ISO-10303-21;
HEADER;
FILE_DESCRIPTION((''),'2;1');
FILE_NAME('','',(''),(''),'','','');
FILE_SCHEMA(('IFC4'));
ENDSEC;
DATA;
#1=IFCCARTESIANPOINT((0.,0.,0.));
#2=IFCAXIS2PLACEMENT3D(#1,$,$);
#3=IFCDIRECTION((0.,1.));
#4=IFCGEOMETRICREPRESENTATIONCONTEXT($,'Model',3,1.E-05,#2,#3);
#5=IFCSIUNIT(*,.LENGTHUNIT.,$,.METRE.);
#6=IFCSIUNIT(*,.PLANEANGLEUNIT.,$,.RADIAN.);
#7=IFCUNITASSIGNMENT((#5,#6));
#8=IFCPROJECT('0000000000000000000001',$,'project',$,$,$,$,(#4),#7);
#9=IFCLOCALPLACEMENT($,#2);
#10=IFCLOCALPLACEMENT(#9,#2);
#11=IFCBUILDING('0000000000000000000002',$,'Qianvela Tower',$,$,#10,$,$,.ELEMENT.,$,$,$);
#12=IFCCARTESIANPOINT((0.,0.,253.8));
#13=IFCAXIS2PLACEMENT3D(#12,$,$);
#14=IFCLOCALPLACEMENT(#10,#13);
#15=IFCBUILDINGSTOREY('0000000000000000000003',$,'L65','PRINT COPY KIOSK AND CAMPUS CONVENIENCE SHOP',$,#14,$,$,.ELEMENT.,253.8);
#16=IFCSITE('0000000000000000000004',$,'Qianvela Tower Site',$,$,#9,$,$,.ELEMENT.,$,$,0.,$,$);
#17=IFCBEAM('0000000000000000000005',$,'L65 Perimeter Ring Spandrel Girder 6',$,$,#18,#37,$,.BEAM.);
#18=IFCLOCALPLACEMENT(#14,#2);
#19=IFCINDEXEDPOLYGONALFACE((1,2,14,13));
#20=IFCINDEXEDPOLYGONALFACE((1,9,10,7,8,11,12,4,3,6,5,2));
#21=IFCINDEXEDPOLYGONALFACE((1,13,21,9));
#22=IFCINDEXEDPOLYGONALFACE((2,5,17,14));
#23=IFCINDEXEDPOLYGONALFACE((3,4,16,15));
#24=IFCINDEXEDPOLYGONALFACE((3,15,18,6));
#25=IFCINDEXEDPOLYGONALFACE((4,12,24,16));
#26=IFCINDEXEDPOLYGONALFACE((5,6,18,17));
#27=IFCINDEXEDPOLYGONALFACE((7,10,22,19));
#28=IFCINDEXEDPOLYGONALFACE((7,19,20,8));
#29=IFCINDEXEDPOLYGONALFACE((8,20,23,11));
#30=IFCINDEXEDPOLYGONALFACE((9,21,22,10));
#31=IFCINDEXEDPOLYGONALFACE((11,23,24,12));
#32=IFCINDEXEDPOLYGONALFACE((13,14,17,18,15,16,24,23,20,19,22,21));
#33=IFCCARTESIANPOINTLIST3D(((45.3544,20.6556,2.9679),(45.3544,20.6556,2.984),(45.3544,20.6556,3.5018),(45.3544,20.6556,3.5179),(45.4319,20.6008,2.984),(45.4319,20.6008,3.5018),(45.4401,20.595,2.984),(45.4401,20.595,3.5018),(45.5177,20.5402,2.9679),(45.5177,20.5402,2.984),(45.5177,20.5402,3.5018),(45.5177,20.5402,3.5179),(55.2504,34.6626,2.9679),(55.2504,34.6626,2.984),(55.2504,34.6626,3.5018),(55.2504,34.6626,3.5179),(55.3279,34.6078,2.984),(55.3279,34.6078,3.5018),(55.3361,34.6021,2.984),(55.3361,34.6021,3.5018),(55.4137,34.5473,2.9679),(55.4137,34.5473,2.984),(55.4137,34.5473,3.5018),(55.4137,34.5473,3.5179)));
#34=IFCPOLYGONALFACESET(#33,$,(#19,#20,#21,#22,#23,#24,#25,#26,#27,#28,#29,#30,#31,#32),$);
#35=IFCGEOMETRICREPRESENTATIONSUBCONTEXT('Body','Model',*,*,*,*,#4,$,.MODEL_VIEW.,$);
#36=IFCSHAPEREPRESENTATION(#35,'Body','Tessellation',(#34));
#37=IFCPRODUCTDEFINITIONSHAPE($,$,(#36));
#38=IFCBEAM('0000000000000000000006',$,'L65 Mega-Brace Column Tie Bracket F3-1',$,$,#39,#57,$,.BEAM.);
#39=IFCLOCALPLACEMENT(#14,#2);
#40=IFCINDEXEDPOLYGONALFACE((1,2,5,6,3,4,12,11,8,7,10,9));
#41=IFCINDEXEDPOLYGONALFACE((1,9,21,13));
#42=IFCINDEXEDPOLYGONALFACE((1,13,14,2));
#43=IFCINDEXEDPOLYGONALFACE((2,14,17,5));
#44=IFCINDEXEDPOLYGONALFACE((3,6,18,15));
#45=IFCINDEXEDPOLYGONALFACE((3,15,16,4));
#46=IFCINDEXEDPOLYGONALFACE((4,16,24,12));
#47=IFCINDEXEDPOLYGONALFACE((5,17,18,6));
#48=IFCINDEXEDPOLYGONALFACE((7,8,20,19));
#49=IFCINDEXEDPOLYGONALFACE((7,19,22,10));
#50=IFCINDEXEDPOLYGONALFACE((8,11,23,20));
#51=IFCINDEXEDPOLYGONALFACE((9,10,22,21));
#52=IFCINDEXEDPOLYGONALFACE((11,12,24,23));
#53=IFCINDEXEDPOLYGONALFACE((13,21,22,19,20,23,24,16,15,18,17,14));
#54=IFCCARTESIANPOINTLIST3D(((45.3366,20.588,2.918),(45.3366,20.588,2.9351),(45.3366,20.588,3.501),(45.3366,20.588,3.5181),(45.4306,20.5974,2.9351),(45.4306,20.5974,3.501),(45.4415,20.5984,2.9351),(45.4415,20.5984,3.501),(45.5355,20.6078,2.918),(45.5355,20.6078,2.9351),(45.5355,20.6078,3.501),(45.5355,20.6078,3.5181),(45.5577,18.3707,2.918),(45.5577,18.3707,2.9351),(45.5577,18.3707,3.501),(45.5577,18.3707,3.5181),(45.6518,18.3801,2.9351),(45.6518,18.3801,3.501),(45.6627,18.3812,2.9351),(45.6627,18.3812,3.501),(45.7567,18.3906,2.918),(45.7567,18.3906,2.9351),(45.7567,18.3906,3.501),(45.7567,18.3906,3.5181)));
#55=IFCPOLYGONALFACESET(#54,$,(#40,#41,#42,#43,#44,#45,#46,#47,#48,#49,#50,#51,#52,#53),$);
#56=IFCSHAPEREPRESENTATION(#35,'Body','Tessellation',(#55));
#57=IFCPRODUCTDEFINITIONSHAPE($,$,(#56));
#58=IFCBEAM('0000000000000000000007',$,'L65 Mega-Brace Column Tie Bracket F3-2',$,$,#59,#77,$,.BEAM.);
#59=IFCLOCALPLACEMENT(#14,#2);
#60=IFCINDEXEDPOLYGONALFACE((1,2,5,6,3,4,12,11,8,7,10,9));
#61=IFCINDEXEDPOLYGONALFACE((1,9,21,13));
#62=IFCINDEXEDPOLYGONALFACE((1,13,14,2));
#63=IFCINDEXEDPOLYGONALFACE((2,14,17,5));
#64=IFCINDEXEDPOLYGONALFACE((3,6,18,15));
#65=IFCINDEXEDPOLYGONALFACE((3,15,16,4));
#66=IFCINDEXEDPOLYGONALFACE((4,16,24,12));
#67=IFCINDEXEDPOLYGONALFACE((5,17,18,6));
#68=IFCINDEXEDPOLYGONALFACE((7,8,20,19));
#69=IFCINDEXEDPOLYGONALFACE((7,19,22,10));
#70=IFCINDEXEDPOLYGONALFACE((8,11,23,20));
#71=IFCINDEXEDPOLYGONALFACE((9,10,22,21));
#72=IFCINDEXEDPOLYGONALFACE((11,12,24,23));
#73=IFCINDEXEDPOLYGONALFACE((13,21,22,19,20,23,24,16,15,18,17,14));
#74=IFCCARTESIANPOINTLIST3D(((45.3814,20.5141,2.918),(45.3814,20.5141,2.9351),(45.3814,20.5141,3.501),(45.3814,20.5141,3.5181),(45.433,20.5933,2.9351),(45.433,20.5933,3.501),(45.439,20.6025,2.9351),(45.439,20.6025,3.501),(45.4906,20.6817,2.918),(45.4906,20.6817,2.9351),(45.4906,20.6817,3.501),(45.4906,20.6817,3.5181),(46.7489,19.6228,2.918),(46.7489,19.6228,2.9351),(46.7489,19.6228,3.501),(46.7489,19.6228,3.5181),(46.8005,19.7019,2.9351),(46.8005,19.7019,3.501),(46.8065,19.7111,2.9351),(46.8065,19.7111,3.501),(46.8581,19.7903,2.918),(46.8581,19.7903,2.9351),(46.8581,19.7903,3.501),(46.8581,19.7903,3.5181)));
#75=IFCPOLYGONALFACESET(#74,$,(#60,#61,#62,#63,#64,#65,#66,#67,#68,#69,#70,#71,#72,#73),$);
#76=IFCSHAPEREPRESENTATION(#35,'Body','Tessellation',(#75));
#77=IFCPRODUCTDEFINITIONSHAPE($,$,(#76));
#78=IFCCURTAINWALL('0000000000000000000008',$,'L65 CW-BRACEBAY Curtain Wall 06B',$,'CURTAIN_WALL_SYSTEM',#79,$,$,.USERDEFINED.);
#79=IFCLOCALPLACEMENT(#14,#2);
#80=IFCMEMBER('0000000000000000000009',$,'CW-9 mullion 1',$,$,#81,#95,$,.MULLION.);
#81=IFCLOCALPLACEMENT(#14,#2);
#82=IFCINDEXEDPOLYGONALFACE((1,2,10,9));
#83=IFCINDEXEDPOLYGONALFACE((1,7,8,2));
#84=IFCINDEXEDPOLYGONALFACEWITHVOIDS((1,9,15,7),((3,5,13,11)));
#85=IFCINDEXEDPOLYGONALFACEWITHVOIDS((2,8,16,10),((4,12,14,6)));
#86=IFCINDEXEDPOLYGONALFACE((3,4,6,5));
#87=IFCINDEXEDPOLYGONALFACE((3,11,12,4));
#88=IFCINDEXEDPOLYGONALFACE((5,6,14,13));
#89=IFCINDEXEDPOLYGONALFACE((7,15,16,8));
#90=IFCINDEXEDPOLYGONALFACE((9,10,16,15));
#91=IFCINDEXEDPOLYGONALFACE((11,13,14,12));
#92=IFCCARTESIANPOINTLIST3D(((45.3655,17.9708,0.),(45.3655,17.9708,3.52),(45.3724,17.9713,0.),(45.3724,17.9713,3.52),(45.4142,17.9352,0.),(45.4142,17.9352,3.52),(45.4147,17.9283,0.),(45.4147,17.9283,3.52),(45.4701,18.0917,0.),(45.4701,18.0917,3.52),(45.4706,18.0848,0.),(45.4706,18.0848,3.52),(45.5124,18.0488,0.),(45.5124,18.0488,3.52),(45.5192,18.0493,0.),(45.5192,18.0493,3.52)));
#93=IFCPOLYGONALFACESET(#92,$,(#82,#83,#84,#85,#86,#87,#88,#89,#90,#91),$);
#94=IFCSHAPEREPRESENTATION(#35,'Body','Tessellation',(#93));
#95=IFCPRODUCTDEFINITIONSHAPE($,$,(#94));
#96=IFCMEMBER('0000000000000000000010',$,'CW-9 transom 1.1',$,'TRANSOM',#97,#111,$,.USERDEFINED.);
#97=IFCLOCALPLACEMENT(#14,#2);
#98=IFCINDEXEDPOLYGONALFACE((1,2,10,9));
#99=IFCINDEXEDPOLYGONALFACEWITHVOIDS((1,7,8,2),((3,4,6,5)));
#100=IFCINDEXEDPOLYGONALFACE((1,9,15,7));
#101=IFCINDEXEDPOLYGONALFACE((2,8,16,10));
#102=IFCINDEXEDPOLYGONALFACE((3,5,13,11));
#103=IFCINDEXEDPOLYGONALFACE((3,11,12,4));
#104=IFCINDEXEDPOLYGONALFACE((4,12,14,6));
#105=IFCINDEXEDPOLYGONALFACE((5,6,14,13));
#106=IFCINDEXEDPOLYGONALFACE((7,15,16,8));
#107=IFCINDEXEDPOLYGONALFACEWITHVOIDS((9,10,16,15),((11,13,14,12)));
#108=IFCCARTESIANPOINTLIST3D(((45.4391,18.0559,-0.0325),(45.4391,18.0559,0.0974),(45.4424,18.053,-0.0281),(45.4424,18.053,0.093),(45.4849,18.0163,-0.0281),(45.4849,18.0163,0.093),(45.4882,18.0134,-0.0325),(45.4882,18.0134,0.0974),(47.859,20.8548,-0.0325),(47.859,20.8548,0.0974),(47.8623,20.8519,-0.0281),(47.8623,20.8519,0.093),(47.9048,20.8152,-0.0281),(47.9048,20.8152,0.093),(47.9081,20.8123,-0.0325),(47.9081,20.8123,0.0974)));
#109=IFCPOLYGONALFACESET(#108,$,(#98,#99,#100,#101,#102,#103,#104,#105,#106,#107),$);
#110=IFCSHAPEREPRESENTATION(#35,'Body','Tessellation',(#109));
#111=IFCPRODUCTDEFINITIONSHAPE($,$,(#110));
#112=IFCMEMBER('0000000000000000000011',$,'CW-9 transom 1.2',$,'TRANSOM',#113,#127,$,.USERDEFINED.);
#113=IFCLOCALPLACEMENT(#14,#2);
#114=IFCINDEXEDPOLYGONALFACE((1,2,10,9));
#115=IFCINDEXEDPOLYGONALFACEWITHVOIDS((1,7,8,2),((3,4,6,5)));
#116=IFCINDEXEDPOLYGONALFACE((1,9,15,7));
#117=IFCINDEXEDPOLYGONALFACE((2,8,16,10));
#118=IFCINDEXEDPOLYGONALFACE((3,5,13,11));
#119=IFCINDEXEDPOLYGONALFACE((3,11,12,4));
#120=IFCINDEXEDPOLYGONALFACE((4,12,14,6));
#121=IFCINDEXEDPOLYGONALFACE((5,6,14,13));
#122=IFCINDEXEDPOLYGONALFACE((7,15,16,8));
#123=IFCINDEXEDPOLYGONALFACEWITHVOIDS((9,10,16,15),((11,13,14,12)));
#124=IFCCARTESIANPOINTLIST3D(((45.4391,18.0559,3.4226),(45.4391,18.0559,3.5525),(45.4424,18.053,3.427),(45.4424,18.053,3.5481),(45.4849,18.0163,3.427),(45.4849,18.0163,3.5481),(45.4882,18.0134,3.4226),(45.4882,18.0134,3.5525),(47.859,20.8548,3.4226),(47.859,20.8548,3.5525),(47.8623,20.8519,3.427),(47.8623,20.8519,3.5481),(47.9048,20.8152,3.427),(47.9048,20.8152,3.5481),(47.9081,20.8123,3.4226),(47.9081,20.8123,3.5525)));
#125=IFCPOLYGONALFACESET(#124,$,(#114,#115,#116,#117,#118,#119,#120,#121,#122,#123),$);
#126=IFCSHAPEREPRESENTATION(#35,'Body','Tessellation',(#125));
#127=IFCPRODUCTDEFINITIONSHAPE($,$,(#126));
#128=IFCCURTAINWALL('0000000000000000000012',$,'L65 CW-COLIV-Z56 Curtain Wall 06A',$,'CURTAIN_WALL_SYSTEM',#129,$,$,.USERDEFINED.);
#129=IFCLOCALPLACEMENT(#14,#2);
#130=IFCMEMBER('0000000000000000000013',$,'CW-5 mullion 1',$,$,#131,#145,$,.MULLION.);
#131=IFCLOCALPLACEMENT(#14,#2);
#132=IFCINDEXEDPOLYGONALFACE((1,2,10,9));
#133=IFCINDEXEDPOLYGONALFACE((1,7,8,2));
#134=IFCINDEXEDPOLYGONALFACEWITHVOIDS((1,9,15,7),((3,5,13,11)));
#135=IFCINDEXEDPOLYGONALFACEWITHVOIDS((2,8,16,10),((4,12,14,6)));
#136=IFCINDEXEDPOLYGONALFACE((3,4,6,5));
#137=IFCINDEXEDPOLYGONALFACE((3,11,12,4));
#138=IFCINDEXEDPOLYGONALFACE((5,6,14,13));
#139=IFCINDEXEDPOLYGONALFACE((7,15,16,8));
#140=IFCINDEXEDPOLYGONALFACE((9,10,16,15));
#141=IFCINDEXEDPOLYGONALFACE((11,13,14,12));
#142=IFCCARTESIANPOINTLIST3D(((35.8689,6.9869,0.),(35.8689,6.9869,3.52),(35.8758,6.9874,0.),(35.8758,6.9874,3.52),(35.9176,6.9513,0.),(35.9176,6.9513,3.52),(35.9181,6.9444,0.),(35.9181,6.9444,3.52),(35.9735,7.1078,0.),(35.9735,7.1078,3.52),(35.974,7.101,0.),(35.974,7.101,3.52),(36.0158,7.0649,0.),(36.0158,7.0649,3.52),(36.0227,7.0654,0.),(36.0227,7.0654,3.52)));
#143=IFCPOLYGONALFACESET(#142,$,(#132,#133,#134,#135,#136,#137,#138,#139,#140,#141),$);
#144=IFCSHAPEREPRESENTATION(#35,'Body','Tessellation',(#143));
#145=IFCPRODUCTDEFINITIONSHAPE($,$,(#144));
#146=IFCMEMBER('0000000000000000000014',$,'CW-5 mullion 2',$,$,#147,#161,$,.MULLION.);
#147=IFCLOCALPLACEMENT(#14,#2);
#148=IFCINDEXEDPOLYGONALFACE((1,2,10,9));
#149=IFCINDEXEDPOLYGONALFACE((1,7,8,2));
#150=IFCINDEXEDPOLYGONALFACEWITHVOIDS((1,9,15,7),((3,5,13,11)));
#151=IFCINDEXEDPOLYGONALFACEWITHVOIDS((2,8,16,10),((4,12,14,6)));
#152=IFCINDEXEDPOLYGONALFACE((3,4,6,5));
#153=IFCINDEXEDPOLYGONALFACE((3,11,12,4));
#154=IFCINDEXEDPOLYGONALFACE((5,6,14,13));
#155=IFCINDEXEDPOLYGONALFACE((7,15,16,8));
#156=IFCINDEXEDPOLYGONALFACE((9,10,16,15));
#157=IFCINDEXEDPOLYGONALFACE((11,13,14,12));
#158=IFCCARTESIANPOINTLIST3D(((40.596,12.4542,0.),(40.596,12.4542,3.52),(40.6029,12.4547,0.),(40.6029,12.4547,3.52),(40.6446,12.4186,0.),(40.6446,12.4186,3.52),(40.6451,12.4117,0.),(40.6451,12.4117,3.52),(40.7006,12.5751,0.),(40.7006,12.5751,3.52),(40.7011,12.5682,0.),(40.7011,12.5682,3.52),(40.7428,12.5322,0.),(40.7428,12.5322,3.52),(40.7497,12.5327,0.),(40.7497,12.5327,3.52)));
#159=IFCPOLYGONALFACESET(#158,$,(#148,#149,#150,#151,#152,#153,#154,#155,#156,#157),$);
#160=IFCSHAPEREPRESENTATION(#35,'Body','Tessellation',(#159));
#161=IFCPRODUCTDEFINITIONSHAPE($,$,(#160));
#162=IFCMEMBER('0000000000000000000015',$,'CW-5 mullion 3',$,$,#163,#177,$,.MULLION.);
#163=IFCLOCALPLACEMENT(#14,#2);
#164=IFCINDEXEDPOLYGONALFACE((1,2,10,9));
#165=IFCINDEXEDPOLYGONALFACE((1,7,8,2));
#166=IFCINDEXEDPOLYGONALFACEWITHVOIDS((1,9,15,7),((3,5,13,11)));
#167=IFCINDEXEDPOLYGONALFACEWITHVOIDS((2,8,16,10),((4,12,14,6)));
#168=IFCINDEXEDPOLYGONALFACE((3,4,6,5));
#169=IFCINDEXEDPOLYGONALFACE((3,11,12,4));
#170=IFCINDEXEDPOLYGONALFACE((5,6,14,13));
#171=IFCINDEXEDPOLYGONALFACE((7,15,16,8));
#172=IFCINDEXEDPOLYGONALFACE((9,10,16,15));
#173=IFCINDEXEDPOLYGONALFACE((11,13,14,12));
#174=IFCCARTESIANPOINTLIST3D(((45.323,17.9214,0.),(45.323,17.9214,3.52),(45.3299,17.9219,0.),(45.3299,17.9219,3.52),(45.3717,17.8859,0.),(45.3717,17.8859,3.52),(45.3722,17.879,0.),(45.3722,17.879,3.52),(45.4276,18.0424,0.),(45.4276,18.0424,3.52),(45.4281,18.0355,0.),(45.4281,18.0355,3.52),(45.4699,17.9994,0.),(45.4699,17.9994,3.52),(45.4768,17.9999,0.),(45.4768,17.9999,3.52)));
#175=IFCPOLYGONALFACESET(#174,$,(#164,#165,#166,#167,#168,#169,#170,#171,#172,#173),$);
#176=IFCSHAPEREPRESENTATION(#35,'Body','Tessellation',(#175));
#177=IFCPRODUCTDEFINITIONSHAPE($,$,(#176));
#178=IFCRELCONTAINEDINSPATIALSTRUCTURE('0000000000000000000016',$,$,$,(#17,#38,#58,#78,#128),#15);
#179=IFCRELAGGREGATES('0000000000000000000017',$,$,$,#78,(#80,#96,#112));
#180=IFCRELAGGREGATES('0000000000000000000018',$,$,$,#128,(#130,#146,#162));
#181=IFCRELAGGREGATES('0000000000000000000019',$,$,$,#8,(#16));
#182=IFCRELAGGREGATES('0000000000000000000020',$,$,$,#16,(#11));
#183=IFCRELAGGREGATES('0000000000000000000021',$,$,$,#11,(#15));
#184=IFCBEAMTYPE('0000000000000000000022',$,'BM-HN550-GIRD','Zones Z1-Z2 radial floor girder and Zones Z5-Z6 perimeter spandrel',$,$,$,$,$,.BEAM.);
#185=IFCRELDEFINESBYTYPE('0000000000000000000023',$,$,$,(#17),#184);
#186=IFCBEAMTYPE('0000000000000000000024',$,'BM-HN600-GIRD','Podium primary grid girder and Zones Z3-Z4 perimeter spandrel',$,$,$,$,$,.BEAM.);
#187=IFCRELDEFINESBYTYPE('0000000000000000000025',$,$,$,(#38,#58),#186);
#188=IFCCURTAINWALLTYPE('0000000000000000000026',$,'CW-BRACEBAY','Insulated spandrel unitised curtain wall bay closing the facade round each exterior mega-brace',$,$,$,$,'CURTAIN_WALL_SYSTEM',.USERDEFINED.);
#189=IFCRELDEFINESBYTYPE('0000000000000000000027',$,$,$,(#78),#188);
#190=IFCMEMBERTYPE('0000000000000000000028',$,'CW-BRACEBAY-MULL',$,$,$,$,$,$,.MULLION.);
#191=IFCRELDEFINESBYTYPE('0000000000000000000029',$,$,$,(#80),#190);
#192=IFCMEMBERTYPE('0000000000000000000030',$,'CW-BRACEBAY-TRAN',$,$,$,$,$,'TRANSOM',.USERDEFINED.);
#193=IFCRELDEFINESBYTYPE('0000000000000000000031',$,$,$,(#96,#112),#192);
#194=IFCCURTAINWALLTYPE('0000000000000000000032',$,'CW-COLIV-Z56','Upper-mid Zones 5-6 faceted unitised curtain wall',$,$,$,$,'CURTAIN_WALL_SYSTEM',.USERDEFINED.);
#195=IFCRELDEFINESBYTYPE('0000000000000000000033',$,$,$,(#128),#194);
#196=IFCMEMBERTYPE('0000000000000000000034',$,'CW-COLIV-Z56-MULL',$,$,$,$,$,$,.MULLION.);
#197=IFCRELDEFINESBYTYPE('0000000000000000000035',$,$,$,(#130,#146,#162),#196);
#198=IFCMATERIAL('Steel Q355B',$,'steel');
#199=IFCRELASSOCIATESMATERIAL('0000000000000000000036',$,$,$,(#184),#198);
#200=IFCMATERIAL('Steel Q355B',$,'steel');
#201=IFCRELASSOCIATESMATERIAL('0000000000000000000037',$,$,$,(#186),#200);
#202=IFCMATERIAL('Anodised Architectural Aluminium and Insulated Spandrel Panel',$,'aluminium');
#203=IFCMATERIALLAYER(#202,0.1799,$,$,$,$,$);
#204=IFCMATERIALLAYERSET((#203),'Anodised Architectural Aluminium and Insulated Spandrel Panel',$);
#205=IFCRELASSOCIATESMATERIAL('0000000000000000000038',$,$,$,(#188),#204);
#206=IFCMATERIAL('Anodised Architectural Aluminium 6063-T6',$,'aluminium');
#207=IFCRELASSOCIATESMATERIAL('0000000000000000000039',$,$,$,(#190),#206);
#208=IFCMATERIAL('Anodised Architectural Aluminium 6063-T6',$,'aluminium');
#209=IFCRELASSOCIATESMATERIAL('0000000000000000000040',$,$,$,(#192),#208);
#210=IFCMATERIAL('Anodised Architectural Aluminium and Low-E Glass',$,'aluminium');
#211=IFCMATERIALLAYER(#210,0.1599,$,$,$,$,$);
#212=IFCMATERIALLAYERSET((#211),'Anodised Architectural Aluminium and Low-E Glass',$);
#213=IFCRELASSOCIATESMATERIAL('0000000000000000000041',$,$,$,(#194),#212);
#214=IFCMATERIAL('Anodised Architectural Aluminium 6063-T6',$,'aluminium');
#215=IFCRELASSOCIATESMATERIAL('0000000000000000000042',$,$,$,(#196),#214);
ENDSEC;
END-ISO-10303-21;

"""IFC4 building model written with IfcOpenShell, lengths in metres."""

from ifc_helpers import new_model, si_unit, direction, frame, origin, origin_2d, place, context, subcontext, project, spatial, hollow_rectangle, i_section, extrude, material, layer, layer_set, material_profile, profile_set, type_object, element, aggregate, save


model = new_model("IFC4")

# Units and contexts
model_context = context("Model", 3, precision=1e-05, world=origin(), true_north=direction((0.0, 1.0)))
body_context = subcontext(model_context, "Body", "Model", "MODEL_VIEW")
ifc_project = project(units=[si_unit("LENGTHUNIT", "METRE"), si_unit("PLANEANGLEUNIT", "RADIAN")], contexts=[model_context])

# Site, building, storey
site_placement = place(None, origin())
site = spatial("IfcSite", under=ifc_project, at=site_placement, Name="Qianvela Tower Site", CompositionType="ELEMENT", RefElevation=0.0)
building_placement = place(site_placement, origin())
building = spatial("IfcBuilding", under=site, at=building_placement, Name="Qianvela Tower", CompositionType="ELEMENT")
storey_placement = place(building_placement, frame((0.0, 0.0, 253.8)))
storey = spatial("IfcBuildingStorey", under=building, at=storey_placement, Name="L65", Description="PRINT COPY KIOSK AND CAMPUS CONVENIENCE SHOP", CompositionType="ELEMENT", Elevation=253.8)

# Beams
ifc_material_1 = material(Name="Steel Q355B", Category="steel")
ifc_material_profile_1 = material_profile(ifc_material_1, i_section(OverallWidth=0.2, OverallDepth=0.55, WebThickness=0.01, FlangeThickness=0.0161, at=origin_2d()), Name="HN550x200x10x16")
ifc_profile_set_1 = profile_set([ifc_material_profile_1], Name="Steel Q355B")
beam_type_1 = type_object("IfcBeamType", Name="BM-HN550-GIRD", Description="Zones Z1-Z2 radial floor girder and Zones Z5-Z6 perimeter spandrel", PredefinedType="BEAM", material=ifc_profile_set_1)
beam_1_placement = place(storey_placement, frame((45.436, 20.5979, 3.2429), z_axis=(0.57702, 0.81673, 0.0), x_axis=(-0.81673, 0.57702, 0.0)))
element("IfcBeam", 1, at=beam_1_placement, inside=storey, type_object=beam_type_1, Name="L65 Perimeter Ring Spandrel Girder 6", PredefinedType="BEAM", context=body_context, shape_type="SweptSolid", body=[
    extrude(i_section(OverallWidth=0.2, OverallDepth=0.55, WebThickness=0.01, FlangeThickness=0.0161, at=origin_2d()), origin(), (0.0, 0.0, 1.0), 17.1501),
])
ifc_material_2 = material(Name="Steel Q355B", Category="steel")
ifc_material_profile_2 = material_profile(ifc_material_2, i_section(OverallWidth=0.2, OverallDepth=0.6001, WebThickness=0.011, FlangeThickness=0.0171, at=origin_2d()), Name="HN600x200x11x17")
ifc_profile_set_2 = profile_set([ifc_material_profile_2], Name="Steel Q355B")
beam_type_2 = type_object("IfcBeamType", Name="BM-HN600-GIRD", Description="Podium primary grid girder and Zones Z3-Z4 perimeter spandrel", PredefinedType="BEAM", material=ifc_profile_set_2)
beam_2_placement = place(storey_placement, frame((45.436, 20.5979, 3.218), z_axis=(0.099265, -0.995061, 0.0), x_axis=(0.995061, 0.099265, 0.0)))
element("IfcBeam", 2, at=beam_2_placement, inside=storey, type_object=beam_type_2, Name="L65 Mega-Brace Column Tie Bracket F3-1", PredefinedType="BEAM", context=body_context, shape_type="SweptSolid", body=[
    extrude(i_section(OverallWidth=0.2, OverallDepth=0.6001, WebThickness=0.011, FlangeThickness=0.0171, at=origin_2d()), origin(), (0.0, 0.0, 1.0), 2.2283),
])
beam_3_placement = place(storey_placement, frame((45.436, 20.5979, 3.218), z_axis=(0.837736, -0.546076, 0.0), x_axis=(0.546076, 0.837736, 0.0)))
element("IfcBeam", 3, at=beam_3_placement, inside=storey, type_object=beam_type_2, Name="L65 Mega-Brace Column Tie Bracket F3-2", PredefinedType="BEAM", context=body_context, shape_type="SweptSolid", body=[
    extrude(i_section(OverallWidth=0.2, OverallDepth=0.6001, WebThickness=0.011, FlangeThickness=0.0171, at=origin_2d()), origin(), (0.0, 0.0, 1.0), 1.6323),
])

# Curtain walls, members
ifc_material_3 = material(Name="Anodised Architectural Aluminium and Insulated Spandrel Panel", Category="aluminium")
ifc_layer_1 = layer(ifc_material_3, 0.1799)
ifc_layer_set_1 = layer_set([ifc_layer_1], Name="Anodised Architectural Aluminium and Insulated Spandrel Panel")
curtain_wall_type_1 = type_object("IfcCurtainWallType", Name="CW-BRACEBAY", Description="Insulated spandrel unitised curtain wall bay closing the facade round each exterior mega-brace", ElementType="CURTAIN_WALL_SYSTEM", PredefinedType="USERDEFINED", material=ifc_layer_set_1)
curtain_wall_1_placement = place(storey_placement, origin())
curtain_wall_1 = element("IfcCurtainWall", 4, at=curtain_wall_1_placement, inside=storey, type_object=curtain_wall_type_1, Name="L65 CW-BRACEBAY Curtain Wall 06B", ObjectType="CURTAIN_WALL_SYSTEM", PredefinedType="USERDEFINED")
ifc_material_4 = material(Name="Anodised Architectural Aluminium 6063-T6", Category="aluminium")
ifc_material_profile_3 = material_profile(ifc_material_4, hollow_rectangle(XDim=0.0649, YDim=0.1599, WallThickness=0.0049, at=origin_2d()), Name="ALU-MULL-65x160")
ifc_profile_set_3 = profile_set([ifc_material_profile_3], Name="Anodised Architectural Aluminium 6063-T6")
member_type_1 = type_object("IfcMemberType", Name="CW-BRACEBAY-MULL", PredefinedType="MULLION", material=ifc_profile_set_3)
member_1_placement = place(storey_placement, frame((45.4424, 18.01, 0.0), z_axis=(0.0, 0.0, 1.0), x_axis=(-0.756476, 0.654022, 0.0)))
member_1 = element("IfcMember", 5, at=member_1_placement, type_object=member_type_1, Name="CW-9 mullion 1", PredefinedType="MULLION", context=body_context, shape_type="SweptSolid", body=[
    extrude(hollow_rectangle(XDim=0.0649, YDim=0.1599, WallThickness=0.0049, at=origin_2d()), origin(), (0.0, 0.0, 1.0), 3.52),
])
ifc_material_5 = material(Name="Anodised Architectural Aluminium 6063-T6", Category="aluminium")
ifc_material_profile_4 = material_profile(ifc_material_5, hollow_rectangle(XDim=0.0649, YDim=0.1299, WallThickness=0.0044, at=origin_2d()), Name="ALU-TRAN-65x130")
ifc_profile_set_4 = profile_set([ifc_material_profile_4], Name="Anodised Architectural Aluminium 6063-T6")
member_type_2 = type_object("IfcMemberType", Name="CW-BRACEBAY-TRAN", ElementType="TRANSOM", PredefinedType="USERDEFINED", material=ifc_profile_set_4)
member_2_placement = place(storey_placement, frame((45.4636, 18.0347, 0.0325), z_axis=(0.654046, 0.756455, 0.0), x_axis=(-0.756455, 0.654046, 0.0)))
member_2 = element("IfcMember", 6, at=member_2_placement, type_object=member_type_2, Name="CW-9 transom 1.1", ObjectType="TRANSOM", PredefinedType="USERDEFINED", context=body_context, shape_type="SweptSolid", body=[
    extrude(hollow_rectangle(XDim=0.0649, YDim=0.1299, WallThickness=0.0044, at=origin_2d()), origin(), (0.0, 0.0, 1.0), 3.7),
])
member_3_placement = place(storey_placement, frame((45.4636, 18.0347, 3.4875), z_axis=(0.654046, 0.756455, 0.0), x_axis=(-0.756455, 0.654046, 0.0)))
member_3 = element("IfcMember", 7, at=member_3_placement, type_object=member_type_2, Name="CW-9 transom 1.2", ObjectType="TRANSOM", PredefinedType="USERDEFINED", context=body_context, shape_type="SweptSolid", body=[
    extrude(hollow_rectangle(XDim=0.0649, YDim=0.1299, WallThickness=0.0044, at=origin_2d()), origin(), (0.0, 0.0, 1.0), 3.7),
])
ifc_material_6 = material(Name="Anodised Architectural Aluminium and Low-E Glass", Category="aluminium")
ifc_layer_2 = layer(ifc_material_6, 0.1599)
ifc_layer_set_2 = layer_set([ifc_layer_2], Name="Anodised Architectural Aluminium and Low-E Glass")
curtain_wall_type_2 = type_object("IfcCurtainWallType", Name="CW-COLIV-Z56", Description="Upper-mid Zones 5-6 faceted unitised curtain wall", ElementType="CURTAIN_WALL_SYSTEM", PredefinedType="USERDEFINED", material=ifc_layer_set_2)
curtain_wall_2_placement = place(storey_placement, origin())
curtain_wall_2 = element("IfcCurtainWall", 8, at=curtain_wall_2_placement, inside=storey, type_object=curtain_wall_type_2, Name="L65 CW-COLIV-Z56 Curtain Wall 06A", ObjectType="CURTAIN_WALL_SYSTEM", PredefinedType="USERDEFINED")
ifc_material_7 = material(Name="Anodised Architectural Aluminium 6063-T6", Category="aluminium")
ifc_material_profile_5 = material_profile(ifc_material_7, hollow_rectangle(XDim=0.0649, YDim=0.1599, WallThickness=0.0049, at=origin_2d()), Name="ALU-MULL-65x160")
ifc_profile_set_5 = profile_set([ifc_material_profile_5], Name="Anodised Architectural Aluminium 6063-T6")
member_type_3 = type_object("IfcMemberType", Name="CW-COLIV-Z56-MULL", PredefinedType="MULLION", material=ifc_profile_set_5)
member_4_placement = place(storey_placement, frame((35.9458, 7.0261, 0.0), z_axis=(0.0, 0.0, 1.0), x_axis=(-0.756459, 0.654042, 0.0)))
member_4 = element("IfcMember", 9, at=member_4_placement, type_object=member_type_3, Name="CW-5 mullion 1", PredefinedType="MULLION", context=body_context, shape_type="SweptSolid", body=[
    extrude(hollow_rectangle(XDim=0.0649, YDim=0.1599, WallThickness=0.0049, at=origin_2d()), origin(), (0.0, 0.0, 1.0), 3.52),
])
member_5_placement = place(storey_placement, frame((40.6729, 12.4934, 0.0), z_axis=(0.0, 0.0, 1.0), x_axis=(-0.756459, 0.654042, 0.0)))
member_5 = element("IfcMember", 10, at=member_5_placement, type_object=member_type_3, Name="CW-5 mullion 2", PredefinedType="MULLION", context=body_context, shape_type="SweptSolid", body=[
    extrude(hollow_rectangle(XDim=0.0649, YDim=0.1599, WallThickness=0.0049, at=origin_2d()), origin(), (0.0, 0.0, 1.0), 3.52),
])
member_6_placement = place(storey_placement, frame((45.3999, 17.9607, 0.0), z_axis=(0.0, 0.0, 1.0), x_axis=(-0.756459, 0.654042, 0.0)))
member_6 = element("IfcMember", 11, at=member_6_placement, type_object=member_type_3, Name="CW-5 mullion 3", PredefinedType="MULLION", context=body_context, shape_type="SweptSolid", body=[
    extrude(hollow_rectangle(XDim=0.0649, YDim=0.1599, WallThickness=0.0049, at=origin_2d()), origin(), (0.0, 0.0, 1.0), 3.52),
])

aggregate(curtain_wall_1, [member_1, member_2, member_3])
aggregate(curtain_wall_2, [member_4, member_5, member_6])

save(model, "model.ifc")
